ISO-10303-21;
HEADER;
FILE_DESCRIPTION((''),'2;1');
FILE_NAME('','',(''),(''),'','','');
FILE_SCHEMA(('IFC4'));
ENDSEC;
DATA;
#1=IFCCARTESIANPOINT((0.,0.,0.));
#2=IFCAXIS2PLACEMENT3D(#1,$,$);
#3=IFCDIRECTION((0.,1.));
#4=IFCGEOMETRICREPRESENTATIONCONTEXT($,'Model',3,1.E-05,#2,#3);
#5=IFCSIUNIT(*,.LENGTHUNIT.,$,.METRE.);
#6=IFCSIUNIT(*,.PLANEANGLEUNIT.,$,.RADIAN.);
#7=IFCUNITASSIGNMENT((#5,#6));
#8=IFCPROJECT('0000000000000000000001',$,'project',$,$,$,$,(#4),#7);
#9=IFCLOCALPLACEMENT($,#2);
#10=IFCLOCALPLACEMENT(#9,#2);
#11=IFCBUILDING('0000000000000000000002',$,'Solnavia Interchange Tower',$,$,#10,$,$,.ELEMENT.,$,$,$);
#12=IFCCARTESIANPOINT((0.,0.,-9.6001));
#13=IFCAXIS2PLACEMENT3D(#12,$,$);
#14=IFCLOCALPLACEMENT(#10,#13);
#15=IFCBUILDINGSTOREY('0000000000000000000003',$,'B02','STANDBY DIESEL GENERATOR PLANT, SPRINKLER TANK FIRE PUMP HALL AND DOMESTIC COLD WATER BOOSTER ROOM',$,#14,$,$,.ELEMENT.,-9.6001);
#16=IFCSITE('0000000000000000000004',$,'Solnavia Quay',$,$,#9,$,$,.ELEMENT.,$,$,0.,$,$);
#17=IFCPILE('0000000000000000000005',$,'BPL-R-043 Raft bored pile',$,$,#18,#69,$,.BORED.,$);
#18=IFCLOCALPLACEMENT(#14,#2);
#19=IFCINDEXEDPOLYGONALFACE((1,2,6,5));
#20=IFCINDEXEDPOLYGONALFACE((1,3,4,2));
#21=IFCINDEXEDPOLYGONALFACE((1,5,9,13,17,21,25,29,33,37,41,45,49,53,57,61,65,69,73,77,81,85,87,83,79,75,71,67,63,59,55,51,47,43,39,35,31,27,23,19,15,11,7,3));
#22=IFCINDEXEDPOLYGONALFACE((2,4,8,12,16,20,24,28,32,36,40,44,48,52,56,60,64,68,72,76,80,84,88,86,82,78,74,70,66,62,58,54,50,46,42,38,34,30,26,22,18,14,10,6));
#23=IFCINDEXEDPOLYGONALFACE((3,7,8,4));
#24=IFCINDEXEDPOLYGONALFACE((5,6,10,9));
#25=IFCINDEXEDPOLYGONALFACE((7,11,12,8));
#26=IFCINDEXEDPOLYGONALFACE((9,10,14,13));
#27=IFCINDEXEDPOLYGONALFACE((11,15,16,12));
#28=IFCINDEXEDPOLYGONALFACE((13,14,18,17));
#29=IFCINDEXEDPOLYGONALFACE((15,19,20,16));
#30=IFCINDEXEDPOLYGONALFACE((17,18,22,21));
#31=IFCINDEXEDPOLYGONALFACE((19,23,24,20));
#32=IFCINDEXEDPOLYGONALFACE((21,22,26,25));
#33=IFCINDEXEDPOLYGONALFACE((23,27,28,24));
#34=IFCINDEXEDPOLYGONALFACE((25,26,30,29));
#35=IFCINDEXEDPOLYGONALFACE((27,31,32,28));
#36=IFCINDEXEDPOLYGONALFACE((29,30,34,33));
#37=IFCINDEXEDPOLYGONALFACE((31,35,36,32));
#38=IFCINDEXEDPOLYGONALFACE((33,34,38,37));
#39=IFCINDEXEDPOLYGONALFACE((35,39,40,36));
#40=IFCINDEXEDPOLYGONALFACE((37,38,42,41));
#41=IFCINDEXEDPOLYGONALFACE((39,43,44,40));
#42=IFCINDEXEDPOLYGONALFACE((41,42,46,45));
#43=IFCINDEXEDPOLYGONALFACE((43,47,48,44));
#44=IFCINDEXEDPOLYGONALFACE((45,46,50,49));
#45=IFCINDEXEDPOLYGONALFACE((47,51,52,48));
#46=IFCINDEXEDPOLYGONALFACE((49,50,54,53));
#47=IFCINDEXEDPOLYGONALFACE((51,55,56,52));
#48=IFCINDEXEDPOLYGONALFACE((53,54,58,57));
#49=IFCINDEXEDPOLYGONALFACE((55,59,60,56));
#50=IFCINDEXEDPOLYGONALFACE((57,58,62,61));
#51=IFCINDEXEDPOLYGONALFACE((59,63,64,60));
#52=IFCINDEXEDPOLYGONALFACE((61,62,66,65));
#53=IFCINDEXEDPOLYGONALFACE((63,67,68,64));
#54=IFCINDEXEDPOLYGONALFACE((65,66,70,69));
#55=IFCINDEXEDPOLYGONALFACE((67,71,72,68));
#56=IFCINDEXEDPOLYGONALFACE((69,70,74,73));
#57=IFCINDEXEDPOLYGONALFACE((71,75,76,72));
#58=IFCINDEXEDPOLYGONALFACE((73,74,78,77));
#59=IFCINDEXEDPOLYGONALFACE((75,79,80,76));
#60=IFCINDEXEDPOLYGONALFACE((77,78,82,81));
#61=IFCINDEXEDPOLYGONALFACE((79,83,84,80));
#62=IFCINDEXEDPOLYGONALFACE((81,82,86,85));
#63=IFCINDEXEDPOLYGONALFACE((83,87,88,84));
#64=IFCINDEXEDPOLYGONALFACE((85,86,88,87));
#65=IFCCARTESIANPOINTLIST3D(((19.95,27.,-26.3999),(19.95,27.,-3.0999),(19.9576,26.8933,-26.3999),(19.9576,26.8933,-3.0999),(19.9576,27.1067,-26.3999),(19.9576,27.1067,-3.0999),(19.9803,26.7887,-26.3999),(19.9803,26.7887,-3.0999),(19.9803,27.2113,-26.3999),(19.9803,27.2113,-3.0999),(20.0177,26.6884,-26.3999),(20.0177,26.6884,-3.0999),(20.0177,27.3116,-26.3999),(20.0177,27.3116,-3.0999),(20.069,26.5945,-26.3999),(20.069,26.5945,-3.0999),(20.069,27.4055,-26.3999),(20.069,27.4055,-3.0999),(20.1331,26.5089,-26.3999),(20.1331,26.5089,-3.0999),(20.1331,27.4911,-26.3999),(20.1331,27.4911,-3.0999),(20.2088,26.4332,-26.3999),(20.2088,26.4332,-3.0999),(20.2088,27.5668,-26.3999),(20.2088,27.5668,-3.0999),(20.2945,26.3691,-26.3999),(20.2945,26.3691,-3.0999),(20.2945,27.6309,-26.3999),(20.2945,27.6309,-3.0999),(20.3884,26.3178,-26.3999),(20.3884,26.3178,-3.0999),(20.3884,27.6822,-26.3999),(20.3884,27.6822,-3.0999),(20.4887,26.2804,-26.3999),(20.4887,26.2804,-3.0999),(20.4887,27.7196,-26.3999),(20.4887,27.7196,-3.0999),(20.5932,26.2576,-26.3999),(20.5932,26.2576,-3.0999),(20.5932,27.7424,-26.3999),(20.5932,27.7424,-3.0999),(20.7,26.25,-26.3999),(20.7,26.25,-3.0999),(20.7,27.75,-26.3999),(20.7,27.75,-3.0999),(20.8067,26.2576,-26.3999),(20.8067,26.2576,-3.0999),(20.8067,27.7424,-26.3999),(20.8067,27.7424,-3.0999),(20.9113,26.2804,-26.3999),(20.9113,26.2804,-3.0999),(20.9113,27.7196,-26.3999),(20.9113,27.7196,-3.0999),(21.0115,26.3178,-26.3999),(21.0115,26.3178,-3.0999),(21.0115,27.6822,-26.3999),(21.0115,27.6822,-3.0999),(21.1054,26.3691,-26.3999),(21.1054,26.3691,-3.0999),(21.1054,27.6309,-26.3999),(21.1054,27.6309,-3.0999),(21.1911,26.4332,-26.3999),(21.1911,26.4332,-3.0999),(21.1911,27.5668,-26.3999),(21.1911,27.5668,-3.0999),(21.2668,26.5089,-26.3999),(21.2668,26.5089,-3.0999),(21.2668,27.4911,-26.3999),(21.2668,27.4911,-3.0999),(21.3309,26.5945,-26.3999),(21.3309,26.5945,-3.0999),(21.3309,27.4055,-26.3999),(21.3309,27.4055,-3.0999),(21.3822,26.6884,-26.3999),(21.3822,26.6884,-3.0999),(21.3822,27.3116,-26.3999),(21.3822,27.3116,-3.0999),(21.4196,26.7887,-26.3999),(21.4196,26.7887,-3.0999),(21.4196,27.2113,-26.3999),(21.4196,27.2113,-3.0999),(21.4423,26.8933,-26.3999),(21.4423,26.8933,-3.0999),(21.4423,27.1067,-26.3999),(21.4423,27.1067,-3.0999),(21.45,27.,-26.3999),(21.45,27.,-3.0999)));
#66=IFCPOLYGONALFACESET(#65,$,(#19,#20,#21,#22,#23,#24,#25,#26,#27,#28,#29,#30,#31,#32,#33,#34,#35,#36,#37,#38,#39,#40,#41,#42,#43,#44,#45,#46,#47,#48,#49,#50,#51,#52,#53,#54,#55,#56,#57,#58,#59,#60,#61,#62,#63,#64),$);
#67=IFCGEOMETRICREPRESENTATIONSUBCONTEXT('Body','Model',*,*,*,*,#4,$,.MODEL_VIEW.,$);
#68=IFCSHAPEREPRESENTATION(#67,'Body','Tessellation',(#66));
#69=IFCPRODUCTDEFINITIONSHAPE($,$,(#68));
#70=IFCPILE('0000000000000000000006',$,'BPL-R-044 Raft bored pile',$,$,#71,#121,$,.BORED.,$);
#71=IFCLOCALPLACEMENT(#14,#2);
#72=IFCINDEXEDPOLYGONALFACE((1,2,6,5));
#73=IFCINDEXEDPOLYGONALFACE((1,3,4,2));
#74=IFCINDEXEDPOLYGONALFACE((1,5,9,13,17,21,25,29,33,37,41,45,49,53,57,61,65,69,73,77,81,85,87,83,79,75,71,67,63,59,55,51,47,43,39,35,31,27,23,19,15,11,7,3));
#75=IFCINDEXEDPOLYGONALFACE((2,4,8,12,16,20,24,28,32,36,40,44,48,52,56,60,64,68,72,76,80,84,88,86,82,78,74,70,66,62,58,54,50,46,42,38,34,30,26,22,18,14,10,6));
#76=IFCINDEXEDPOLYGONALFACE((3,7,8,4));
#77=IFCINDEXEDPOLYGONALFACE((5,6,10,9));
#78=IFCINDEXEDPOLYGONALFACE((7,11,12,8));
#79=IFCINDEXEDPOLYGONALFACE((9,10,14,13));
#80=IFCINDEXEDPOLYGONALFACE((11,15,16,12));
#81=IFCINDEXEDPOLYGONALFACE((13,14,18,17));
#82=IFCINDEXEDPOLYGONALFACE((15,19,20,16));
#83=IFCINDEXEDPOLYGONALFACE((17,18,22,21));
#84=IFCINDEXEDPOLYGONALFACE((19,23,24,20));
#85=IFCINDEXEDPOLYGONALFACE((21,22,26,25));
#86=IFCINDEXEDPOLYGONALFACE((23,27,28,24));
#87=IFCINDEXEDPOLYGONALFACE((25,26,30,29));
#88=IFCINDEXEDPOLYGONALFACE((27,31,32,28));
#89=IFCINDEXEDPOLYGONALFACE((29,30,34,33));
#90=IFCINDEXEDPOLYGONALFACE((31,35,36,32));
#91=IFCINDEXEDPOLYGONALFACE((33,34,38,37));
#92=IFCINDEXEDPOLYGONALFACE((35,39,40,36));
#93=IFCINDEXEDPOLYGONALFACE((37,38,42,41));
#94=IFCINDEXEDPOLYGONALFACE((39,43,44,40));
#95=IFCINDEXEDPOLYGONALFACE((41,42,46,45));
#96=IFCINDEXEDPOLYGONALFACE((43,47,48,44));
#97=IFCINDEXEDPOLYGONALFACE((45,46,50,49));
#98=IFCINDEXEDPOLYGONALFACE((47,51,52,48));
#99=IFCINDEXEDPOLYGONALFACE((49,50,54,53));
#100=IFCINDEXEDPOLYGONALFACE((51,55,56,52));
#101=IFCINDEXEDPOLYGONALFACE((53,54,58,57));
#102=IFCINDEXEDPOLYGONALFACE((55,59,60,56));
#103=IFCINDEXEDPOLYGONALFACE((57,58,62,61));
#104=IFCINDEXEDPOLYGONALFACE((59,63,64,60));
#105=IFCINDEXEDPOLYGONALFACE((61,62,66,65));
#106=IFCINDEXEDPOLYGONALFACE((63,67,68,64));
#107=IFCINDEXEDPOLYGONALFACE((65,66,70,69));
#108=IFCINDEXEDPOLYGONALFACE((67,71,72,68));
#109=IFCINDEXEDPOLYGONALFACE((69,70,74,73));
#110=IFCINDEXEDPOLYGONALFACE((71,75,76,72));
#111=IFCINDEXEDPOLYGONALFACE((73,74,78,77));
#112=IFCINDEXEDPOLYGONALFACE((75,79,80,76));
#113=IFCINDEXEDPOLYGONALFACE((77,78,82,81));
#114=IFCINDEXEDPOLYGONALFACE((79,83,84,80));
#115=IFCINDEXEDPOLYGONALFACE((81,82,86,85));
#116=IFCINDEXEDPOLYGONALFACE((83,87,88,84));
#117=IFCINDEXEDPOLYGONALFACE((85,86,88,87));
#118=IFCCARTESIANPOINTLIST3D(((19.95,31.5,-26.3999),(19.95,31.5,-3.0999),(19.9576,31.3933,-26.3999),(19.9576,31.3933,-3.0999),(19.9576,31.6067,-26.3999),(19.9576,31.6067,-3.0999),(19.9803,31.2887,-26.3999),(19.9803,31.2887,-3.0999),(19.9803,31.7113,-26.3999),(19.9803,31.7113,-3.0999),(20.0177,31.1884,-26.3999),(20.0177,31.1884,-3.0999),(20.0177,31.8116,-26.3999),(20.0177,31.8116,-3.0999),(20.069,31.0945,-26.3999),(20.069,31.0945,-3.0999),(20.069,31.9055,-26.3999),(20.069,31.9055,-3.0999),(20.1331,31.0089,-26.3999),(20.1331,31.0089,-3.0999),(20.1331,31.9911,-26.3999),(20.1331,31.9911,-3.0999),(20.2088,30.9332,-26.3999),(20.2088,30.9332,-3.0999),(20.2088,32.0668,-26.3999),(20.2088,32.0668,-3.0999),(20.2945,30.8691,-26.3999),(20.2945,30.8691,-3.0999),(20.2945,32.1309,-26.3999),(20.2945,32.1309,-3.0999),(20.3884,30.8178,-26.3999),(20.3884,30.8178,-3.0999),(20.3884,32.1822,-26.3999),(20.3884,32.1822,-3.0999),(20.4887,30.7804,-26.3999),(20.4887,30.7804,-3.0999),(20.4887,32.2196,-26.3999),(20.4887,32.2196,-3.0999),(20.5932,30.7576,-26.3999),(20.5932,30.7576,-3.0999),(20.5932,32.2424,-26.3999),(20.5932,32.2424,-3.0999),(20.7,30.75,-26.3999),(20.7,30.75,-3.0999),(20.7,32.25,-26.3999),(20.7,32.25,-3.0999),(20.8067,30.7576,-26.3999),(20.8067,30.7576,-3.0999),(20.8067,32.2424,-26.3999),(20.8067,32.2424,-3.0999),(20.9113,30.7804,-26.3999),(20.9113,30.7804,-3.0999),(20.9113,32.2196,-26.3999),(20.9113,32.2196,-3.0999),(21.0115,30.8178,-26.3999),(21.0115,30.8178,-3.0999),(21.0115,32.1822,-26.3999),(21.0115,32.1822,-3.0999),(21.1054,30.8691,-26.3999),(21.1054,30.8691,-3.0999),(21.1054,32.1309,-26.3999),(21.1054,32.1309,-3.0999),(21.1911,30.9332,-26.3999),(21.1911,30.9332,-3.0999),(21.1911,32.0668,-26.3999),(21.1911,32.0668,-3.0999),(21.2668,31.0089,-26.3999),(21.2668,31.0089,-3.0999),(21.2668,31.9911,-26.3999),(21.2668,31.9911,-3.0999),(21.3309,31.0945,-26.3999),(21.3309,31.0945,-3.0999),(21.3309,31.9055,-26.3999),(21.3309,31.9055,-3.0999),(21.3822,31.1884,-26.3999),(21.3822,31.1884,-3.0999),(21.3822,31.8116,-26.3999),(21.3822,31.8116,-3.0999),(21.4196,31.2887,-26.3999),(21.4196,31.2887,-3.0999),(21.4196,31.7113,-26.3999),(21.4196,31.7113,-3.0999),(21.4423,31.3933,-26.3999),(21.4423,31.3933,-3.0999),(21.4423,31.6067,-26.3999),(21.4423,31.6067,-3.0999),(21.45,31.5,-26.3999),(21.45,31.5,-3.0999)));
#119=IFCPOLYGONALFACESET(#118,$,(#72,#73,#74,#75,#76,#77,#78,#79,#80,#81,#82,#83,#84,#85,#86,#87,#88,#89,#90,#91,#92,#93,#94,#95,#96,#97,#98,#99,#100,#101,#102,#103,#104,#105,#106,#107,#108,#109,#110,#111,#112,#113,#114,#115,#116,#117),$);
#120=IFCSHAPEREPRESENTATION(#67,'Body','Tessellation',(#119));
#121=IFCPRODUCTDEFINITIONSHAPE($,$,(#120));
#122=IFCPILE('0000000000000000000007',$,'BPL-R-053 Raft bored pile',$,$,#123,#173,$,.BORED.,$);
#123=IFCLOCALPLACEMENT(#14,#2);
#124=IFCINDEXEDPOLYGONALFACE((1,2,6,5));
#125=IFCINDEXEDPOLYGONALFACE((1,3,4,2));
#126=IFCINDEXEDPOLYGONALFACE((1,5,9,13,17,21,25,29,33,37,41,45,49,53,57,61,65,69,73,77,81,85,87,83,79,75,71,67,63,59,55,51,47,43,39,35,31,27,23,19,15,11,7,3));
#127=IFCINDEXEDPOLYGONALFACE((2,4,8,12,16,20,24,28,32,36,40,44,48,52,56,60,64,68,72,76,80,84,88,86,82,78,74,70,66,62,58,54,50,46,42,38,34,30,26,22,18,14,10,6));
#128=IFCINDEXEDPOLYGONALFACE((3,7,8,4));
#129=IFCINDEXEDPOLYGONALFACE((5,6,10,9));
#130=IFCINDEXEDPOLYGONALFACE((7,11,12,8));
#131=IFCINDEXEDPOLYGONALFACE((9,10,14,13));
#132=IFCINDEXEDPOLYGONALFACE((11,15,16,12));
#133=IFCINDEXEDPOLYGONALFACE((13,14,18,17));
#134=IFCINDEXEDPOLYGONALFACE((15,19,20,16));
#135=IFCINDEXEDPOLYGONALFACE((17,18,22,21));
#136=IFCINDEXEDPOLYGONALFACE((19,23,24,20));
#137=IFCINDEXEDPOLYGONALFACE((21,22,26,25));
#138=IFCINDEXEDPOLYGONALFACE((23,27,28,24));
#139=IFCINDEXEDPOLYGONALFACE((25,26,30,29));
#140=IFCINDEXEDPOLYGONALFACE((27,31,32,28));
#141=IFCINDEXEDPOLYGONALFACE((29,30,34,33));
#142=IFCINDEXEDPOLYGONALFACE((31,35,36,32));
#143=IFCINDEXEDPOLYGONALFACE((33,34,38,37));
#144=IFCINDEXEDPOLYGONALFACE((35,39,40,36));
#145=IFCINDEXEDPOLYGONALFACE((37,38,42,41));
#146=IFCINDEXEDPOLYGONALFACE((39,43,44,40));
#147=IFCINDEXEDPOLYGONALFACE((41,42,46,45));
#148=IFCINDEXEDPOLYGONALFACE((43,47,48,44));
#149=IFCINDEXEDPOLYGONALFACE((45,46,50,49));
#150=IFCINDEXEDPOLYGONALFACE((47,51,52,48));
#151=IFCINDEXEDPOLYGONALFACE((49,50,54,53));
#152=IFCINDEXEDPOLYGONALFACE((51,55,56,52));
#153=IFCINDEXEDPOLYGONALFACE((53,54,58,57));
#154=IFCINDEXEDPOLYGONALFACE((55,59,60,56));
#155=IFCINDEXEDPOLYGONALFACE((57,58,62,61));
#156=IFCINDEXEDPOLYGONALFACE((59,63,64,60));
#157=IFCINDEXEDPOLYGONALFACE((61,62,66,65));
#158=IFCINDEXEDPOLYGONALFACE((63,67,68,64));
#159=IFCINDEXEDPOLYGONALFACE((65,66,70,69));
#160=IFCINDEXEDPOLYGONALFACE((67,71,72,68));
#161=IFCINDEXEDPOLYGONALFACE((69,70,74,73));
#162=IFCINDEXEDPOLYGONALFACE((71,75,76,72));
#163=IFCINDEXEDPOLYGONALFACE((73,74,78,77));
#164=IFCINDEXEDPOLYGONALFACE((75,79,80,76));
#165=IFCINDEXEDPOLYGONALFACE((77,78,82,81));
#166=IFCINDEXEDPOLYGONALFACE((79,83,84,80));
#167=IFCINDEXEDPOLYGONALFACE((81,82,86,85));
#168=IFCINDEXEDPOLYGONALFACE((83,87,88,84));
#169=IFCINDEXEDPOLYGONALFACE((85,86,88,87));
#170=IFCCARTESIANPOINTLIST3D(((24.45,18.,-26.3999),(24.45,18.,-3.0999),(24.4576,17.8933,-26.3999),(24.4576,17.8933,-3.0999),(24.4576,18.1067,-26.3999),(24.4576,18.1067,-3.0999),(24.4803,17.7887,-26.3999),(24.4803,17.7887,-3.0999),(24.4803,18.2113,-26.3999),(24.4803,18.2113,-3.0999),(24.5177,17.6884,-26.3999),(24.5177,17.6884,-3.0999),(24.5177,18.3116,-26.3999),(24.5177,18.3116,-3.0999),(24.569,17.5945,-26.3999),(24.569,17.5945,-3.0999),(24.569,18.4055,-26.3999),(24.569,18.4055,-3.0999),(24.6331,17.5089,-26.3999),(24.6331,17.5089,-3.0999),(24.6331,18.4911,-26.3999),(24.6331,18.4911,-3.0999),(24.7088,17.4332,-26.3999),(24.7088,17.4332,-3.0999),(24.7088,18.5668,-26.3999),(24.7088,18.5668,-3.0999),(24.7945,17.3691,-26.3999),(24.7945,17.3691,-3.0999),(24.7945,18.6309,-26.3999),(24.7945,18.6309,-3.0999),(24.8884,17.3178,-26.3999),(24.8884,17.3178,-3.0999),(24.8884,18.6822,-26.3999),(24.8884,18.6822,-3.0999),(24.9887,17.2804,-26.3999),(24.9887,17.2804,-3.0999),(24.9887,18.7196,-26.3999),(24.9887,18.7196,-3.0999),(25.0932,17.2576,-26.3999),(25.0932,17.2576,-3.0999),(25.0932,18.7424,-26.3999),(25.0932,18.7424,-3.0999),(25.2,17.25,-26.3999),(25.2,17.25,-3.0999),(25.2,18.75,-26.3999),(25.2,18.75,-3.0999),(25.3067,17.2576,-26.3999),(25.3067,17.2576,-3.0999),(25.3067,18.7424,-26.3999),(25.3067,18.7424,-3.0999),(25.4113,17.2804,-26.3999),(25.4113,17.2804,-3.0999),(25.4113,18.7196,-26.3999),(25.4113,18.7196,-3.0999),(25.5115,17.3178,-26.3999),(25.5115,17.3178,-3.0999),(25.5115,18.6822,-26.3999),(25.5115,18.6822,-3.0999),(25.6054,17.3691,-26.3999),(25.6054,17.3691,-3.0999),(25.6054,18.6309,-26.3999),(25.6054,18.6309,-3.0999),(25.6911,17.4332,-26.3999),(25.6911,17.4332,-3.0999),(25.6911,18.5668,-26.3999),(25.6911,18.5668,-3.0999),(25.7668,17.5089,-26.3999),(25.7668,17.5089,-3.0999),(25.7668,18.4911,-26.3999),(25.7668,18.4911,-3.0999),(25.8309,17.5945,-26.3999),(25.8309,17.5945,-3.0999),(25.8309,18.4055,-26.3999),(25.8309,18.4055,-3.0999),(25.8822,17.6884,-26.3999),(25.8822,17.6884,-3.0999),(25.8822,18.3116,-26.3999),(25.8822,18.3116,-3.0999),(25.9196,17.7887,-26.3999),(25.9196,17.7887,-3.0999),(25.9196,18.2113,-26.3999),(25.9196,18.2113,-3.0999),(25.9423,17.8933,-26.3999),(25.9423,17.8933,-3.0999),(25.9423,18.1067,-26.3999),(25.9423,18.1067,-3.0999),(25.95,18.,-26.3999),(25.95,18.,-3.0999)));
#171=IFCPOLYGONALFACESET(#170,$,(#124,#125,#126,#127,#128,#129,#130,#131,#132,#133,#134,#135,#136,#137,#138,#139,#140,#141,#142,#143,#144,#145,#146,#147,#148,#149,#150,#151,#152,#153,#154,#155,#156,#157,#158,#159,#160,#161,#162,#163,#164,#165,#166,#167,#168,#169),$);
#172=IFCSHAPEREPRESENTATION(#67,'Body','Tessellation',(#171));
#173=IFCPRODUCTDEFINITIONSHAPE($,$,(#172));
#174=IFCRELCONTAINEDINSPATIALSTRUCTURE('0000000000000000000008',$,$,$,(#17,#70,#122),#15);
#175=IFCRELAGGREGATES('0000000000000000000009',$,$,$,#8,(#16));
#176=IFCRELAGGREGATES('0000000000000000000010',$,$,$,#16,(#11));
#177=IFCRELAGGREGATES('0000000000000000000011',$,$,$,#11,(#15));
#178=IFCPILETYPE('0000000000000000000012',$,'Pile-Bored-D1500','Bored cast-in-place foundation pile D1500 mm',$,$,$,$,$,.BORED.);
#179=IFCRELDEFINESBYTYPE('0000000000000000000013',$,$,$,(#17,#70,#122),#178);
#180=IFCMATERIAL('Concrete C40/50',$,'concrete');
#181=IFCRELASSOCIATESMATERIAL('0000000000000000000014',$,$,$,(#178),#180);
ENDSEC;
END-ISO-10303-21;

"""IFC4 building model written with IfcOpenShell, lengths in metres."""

from ifc_helpers import new_model, si_unit, direction, frame, origin, origin_2d, place, context, subcontext, project, spatial, circle, extrude, material, material_profile, profile_set, type_object, element, save


model = new_model("IFC4")

# Units and contexts
model_context = context("Model", 3, precision=1e-05, world=origin(), true_north=direction((0.0, 1.0)))
body_context = subcontext(model_context, "Body", "Model", "MODEL_VIEW")
ifc_project = project(units=[si_unit("LENGTHUNIT", "METRE"), si_unit("PLANEANGLEUNIT", "RADIAN")], contexts=[model_context])

# Site, building, storey
site_placement = place(None, origin())
site = spatial("IfcSite", under=ifc_project, at=site_placement, Name="Solnavia Quay", CompositionType="ELEMENT", RefElevation=0.0)
building_placement = place(site_placement, origin())
building = spatial("IfcBuilding", under=site, at=building_placement, Name="Solnavia Interchange Tower", CompositionType="ELEMENT")
storey_placement = place(building_placement, frame((0.0, 0.0, -9.6001)))
storey = spatial("IfcBuildingStorey", under=building, at=storey_placement, Name="B02", Description="STANDBY DIESEL GENERATOR PLANT, SPRINKLER TANK FIRE PUMP HALL AND DOMESTIC COLD WATER BOOSTER ROOM", CompositionType="ELEMENT", Elevation=-9.6001)

# Piles
ifc_material_1 = material(Name="Concrete C40/50", Category="concrete")
ifc_material_profile_1 = material_profile(ifc_material_1, circle(Radius=0.75, at=origin_2d()), Name="PILE D1500")
ifc_profile_set_1 = profile_set([ifc_material_profile_1], Name="Concrete C40/50")
pile_type = type_object("IfcPileType", Name="Pile-Bored-D1500", Description="Bored cast-in-place foundation pile D1500 mm", PredefinedType="BORED", material=ifc_profile_set_1)
for number, where, z_axis, x_axis, name in (
    (1, (20.7, 27.0, -3.0999), (0.0, 0.0, -1.0), (1.0, 0.0, 0.0), "BPL-R-043 Raft bored pile"),
    (2, (20.7, 31.5, -3.0999), (0.0, 0.0, -1.0), (1.0, 0.0, 0.0), "BPL-R-044 Raft bored pile"),
    (3, (25.2, 18.0, -3.0999), (0.0, 0.0, -1.0), (1.0, 0.0, 0.0), "BPL-R-053 Raft bored pile"),
):
    element("IfcPile", number, at=place(storey_placement, frame(where, z_axis=z_axis, x_axis=x_axis)), inside=storey, type_object=pile_type, Name=name, PredefinedType="BORED", context=body_context, shape_type="SweptSolid", body=[
        extrude(circle(Radius=0.75, at=origin_2d()), origin(), (0.0, 0.0, 1.0), 23.3),
    ])

save(model, "model.ifc")
